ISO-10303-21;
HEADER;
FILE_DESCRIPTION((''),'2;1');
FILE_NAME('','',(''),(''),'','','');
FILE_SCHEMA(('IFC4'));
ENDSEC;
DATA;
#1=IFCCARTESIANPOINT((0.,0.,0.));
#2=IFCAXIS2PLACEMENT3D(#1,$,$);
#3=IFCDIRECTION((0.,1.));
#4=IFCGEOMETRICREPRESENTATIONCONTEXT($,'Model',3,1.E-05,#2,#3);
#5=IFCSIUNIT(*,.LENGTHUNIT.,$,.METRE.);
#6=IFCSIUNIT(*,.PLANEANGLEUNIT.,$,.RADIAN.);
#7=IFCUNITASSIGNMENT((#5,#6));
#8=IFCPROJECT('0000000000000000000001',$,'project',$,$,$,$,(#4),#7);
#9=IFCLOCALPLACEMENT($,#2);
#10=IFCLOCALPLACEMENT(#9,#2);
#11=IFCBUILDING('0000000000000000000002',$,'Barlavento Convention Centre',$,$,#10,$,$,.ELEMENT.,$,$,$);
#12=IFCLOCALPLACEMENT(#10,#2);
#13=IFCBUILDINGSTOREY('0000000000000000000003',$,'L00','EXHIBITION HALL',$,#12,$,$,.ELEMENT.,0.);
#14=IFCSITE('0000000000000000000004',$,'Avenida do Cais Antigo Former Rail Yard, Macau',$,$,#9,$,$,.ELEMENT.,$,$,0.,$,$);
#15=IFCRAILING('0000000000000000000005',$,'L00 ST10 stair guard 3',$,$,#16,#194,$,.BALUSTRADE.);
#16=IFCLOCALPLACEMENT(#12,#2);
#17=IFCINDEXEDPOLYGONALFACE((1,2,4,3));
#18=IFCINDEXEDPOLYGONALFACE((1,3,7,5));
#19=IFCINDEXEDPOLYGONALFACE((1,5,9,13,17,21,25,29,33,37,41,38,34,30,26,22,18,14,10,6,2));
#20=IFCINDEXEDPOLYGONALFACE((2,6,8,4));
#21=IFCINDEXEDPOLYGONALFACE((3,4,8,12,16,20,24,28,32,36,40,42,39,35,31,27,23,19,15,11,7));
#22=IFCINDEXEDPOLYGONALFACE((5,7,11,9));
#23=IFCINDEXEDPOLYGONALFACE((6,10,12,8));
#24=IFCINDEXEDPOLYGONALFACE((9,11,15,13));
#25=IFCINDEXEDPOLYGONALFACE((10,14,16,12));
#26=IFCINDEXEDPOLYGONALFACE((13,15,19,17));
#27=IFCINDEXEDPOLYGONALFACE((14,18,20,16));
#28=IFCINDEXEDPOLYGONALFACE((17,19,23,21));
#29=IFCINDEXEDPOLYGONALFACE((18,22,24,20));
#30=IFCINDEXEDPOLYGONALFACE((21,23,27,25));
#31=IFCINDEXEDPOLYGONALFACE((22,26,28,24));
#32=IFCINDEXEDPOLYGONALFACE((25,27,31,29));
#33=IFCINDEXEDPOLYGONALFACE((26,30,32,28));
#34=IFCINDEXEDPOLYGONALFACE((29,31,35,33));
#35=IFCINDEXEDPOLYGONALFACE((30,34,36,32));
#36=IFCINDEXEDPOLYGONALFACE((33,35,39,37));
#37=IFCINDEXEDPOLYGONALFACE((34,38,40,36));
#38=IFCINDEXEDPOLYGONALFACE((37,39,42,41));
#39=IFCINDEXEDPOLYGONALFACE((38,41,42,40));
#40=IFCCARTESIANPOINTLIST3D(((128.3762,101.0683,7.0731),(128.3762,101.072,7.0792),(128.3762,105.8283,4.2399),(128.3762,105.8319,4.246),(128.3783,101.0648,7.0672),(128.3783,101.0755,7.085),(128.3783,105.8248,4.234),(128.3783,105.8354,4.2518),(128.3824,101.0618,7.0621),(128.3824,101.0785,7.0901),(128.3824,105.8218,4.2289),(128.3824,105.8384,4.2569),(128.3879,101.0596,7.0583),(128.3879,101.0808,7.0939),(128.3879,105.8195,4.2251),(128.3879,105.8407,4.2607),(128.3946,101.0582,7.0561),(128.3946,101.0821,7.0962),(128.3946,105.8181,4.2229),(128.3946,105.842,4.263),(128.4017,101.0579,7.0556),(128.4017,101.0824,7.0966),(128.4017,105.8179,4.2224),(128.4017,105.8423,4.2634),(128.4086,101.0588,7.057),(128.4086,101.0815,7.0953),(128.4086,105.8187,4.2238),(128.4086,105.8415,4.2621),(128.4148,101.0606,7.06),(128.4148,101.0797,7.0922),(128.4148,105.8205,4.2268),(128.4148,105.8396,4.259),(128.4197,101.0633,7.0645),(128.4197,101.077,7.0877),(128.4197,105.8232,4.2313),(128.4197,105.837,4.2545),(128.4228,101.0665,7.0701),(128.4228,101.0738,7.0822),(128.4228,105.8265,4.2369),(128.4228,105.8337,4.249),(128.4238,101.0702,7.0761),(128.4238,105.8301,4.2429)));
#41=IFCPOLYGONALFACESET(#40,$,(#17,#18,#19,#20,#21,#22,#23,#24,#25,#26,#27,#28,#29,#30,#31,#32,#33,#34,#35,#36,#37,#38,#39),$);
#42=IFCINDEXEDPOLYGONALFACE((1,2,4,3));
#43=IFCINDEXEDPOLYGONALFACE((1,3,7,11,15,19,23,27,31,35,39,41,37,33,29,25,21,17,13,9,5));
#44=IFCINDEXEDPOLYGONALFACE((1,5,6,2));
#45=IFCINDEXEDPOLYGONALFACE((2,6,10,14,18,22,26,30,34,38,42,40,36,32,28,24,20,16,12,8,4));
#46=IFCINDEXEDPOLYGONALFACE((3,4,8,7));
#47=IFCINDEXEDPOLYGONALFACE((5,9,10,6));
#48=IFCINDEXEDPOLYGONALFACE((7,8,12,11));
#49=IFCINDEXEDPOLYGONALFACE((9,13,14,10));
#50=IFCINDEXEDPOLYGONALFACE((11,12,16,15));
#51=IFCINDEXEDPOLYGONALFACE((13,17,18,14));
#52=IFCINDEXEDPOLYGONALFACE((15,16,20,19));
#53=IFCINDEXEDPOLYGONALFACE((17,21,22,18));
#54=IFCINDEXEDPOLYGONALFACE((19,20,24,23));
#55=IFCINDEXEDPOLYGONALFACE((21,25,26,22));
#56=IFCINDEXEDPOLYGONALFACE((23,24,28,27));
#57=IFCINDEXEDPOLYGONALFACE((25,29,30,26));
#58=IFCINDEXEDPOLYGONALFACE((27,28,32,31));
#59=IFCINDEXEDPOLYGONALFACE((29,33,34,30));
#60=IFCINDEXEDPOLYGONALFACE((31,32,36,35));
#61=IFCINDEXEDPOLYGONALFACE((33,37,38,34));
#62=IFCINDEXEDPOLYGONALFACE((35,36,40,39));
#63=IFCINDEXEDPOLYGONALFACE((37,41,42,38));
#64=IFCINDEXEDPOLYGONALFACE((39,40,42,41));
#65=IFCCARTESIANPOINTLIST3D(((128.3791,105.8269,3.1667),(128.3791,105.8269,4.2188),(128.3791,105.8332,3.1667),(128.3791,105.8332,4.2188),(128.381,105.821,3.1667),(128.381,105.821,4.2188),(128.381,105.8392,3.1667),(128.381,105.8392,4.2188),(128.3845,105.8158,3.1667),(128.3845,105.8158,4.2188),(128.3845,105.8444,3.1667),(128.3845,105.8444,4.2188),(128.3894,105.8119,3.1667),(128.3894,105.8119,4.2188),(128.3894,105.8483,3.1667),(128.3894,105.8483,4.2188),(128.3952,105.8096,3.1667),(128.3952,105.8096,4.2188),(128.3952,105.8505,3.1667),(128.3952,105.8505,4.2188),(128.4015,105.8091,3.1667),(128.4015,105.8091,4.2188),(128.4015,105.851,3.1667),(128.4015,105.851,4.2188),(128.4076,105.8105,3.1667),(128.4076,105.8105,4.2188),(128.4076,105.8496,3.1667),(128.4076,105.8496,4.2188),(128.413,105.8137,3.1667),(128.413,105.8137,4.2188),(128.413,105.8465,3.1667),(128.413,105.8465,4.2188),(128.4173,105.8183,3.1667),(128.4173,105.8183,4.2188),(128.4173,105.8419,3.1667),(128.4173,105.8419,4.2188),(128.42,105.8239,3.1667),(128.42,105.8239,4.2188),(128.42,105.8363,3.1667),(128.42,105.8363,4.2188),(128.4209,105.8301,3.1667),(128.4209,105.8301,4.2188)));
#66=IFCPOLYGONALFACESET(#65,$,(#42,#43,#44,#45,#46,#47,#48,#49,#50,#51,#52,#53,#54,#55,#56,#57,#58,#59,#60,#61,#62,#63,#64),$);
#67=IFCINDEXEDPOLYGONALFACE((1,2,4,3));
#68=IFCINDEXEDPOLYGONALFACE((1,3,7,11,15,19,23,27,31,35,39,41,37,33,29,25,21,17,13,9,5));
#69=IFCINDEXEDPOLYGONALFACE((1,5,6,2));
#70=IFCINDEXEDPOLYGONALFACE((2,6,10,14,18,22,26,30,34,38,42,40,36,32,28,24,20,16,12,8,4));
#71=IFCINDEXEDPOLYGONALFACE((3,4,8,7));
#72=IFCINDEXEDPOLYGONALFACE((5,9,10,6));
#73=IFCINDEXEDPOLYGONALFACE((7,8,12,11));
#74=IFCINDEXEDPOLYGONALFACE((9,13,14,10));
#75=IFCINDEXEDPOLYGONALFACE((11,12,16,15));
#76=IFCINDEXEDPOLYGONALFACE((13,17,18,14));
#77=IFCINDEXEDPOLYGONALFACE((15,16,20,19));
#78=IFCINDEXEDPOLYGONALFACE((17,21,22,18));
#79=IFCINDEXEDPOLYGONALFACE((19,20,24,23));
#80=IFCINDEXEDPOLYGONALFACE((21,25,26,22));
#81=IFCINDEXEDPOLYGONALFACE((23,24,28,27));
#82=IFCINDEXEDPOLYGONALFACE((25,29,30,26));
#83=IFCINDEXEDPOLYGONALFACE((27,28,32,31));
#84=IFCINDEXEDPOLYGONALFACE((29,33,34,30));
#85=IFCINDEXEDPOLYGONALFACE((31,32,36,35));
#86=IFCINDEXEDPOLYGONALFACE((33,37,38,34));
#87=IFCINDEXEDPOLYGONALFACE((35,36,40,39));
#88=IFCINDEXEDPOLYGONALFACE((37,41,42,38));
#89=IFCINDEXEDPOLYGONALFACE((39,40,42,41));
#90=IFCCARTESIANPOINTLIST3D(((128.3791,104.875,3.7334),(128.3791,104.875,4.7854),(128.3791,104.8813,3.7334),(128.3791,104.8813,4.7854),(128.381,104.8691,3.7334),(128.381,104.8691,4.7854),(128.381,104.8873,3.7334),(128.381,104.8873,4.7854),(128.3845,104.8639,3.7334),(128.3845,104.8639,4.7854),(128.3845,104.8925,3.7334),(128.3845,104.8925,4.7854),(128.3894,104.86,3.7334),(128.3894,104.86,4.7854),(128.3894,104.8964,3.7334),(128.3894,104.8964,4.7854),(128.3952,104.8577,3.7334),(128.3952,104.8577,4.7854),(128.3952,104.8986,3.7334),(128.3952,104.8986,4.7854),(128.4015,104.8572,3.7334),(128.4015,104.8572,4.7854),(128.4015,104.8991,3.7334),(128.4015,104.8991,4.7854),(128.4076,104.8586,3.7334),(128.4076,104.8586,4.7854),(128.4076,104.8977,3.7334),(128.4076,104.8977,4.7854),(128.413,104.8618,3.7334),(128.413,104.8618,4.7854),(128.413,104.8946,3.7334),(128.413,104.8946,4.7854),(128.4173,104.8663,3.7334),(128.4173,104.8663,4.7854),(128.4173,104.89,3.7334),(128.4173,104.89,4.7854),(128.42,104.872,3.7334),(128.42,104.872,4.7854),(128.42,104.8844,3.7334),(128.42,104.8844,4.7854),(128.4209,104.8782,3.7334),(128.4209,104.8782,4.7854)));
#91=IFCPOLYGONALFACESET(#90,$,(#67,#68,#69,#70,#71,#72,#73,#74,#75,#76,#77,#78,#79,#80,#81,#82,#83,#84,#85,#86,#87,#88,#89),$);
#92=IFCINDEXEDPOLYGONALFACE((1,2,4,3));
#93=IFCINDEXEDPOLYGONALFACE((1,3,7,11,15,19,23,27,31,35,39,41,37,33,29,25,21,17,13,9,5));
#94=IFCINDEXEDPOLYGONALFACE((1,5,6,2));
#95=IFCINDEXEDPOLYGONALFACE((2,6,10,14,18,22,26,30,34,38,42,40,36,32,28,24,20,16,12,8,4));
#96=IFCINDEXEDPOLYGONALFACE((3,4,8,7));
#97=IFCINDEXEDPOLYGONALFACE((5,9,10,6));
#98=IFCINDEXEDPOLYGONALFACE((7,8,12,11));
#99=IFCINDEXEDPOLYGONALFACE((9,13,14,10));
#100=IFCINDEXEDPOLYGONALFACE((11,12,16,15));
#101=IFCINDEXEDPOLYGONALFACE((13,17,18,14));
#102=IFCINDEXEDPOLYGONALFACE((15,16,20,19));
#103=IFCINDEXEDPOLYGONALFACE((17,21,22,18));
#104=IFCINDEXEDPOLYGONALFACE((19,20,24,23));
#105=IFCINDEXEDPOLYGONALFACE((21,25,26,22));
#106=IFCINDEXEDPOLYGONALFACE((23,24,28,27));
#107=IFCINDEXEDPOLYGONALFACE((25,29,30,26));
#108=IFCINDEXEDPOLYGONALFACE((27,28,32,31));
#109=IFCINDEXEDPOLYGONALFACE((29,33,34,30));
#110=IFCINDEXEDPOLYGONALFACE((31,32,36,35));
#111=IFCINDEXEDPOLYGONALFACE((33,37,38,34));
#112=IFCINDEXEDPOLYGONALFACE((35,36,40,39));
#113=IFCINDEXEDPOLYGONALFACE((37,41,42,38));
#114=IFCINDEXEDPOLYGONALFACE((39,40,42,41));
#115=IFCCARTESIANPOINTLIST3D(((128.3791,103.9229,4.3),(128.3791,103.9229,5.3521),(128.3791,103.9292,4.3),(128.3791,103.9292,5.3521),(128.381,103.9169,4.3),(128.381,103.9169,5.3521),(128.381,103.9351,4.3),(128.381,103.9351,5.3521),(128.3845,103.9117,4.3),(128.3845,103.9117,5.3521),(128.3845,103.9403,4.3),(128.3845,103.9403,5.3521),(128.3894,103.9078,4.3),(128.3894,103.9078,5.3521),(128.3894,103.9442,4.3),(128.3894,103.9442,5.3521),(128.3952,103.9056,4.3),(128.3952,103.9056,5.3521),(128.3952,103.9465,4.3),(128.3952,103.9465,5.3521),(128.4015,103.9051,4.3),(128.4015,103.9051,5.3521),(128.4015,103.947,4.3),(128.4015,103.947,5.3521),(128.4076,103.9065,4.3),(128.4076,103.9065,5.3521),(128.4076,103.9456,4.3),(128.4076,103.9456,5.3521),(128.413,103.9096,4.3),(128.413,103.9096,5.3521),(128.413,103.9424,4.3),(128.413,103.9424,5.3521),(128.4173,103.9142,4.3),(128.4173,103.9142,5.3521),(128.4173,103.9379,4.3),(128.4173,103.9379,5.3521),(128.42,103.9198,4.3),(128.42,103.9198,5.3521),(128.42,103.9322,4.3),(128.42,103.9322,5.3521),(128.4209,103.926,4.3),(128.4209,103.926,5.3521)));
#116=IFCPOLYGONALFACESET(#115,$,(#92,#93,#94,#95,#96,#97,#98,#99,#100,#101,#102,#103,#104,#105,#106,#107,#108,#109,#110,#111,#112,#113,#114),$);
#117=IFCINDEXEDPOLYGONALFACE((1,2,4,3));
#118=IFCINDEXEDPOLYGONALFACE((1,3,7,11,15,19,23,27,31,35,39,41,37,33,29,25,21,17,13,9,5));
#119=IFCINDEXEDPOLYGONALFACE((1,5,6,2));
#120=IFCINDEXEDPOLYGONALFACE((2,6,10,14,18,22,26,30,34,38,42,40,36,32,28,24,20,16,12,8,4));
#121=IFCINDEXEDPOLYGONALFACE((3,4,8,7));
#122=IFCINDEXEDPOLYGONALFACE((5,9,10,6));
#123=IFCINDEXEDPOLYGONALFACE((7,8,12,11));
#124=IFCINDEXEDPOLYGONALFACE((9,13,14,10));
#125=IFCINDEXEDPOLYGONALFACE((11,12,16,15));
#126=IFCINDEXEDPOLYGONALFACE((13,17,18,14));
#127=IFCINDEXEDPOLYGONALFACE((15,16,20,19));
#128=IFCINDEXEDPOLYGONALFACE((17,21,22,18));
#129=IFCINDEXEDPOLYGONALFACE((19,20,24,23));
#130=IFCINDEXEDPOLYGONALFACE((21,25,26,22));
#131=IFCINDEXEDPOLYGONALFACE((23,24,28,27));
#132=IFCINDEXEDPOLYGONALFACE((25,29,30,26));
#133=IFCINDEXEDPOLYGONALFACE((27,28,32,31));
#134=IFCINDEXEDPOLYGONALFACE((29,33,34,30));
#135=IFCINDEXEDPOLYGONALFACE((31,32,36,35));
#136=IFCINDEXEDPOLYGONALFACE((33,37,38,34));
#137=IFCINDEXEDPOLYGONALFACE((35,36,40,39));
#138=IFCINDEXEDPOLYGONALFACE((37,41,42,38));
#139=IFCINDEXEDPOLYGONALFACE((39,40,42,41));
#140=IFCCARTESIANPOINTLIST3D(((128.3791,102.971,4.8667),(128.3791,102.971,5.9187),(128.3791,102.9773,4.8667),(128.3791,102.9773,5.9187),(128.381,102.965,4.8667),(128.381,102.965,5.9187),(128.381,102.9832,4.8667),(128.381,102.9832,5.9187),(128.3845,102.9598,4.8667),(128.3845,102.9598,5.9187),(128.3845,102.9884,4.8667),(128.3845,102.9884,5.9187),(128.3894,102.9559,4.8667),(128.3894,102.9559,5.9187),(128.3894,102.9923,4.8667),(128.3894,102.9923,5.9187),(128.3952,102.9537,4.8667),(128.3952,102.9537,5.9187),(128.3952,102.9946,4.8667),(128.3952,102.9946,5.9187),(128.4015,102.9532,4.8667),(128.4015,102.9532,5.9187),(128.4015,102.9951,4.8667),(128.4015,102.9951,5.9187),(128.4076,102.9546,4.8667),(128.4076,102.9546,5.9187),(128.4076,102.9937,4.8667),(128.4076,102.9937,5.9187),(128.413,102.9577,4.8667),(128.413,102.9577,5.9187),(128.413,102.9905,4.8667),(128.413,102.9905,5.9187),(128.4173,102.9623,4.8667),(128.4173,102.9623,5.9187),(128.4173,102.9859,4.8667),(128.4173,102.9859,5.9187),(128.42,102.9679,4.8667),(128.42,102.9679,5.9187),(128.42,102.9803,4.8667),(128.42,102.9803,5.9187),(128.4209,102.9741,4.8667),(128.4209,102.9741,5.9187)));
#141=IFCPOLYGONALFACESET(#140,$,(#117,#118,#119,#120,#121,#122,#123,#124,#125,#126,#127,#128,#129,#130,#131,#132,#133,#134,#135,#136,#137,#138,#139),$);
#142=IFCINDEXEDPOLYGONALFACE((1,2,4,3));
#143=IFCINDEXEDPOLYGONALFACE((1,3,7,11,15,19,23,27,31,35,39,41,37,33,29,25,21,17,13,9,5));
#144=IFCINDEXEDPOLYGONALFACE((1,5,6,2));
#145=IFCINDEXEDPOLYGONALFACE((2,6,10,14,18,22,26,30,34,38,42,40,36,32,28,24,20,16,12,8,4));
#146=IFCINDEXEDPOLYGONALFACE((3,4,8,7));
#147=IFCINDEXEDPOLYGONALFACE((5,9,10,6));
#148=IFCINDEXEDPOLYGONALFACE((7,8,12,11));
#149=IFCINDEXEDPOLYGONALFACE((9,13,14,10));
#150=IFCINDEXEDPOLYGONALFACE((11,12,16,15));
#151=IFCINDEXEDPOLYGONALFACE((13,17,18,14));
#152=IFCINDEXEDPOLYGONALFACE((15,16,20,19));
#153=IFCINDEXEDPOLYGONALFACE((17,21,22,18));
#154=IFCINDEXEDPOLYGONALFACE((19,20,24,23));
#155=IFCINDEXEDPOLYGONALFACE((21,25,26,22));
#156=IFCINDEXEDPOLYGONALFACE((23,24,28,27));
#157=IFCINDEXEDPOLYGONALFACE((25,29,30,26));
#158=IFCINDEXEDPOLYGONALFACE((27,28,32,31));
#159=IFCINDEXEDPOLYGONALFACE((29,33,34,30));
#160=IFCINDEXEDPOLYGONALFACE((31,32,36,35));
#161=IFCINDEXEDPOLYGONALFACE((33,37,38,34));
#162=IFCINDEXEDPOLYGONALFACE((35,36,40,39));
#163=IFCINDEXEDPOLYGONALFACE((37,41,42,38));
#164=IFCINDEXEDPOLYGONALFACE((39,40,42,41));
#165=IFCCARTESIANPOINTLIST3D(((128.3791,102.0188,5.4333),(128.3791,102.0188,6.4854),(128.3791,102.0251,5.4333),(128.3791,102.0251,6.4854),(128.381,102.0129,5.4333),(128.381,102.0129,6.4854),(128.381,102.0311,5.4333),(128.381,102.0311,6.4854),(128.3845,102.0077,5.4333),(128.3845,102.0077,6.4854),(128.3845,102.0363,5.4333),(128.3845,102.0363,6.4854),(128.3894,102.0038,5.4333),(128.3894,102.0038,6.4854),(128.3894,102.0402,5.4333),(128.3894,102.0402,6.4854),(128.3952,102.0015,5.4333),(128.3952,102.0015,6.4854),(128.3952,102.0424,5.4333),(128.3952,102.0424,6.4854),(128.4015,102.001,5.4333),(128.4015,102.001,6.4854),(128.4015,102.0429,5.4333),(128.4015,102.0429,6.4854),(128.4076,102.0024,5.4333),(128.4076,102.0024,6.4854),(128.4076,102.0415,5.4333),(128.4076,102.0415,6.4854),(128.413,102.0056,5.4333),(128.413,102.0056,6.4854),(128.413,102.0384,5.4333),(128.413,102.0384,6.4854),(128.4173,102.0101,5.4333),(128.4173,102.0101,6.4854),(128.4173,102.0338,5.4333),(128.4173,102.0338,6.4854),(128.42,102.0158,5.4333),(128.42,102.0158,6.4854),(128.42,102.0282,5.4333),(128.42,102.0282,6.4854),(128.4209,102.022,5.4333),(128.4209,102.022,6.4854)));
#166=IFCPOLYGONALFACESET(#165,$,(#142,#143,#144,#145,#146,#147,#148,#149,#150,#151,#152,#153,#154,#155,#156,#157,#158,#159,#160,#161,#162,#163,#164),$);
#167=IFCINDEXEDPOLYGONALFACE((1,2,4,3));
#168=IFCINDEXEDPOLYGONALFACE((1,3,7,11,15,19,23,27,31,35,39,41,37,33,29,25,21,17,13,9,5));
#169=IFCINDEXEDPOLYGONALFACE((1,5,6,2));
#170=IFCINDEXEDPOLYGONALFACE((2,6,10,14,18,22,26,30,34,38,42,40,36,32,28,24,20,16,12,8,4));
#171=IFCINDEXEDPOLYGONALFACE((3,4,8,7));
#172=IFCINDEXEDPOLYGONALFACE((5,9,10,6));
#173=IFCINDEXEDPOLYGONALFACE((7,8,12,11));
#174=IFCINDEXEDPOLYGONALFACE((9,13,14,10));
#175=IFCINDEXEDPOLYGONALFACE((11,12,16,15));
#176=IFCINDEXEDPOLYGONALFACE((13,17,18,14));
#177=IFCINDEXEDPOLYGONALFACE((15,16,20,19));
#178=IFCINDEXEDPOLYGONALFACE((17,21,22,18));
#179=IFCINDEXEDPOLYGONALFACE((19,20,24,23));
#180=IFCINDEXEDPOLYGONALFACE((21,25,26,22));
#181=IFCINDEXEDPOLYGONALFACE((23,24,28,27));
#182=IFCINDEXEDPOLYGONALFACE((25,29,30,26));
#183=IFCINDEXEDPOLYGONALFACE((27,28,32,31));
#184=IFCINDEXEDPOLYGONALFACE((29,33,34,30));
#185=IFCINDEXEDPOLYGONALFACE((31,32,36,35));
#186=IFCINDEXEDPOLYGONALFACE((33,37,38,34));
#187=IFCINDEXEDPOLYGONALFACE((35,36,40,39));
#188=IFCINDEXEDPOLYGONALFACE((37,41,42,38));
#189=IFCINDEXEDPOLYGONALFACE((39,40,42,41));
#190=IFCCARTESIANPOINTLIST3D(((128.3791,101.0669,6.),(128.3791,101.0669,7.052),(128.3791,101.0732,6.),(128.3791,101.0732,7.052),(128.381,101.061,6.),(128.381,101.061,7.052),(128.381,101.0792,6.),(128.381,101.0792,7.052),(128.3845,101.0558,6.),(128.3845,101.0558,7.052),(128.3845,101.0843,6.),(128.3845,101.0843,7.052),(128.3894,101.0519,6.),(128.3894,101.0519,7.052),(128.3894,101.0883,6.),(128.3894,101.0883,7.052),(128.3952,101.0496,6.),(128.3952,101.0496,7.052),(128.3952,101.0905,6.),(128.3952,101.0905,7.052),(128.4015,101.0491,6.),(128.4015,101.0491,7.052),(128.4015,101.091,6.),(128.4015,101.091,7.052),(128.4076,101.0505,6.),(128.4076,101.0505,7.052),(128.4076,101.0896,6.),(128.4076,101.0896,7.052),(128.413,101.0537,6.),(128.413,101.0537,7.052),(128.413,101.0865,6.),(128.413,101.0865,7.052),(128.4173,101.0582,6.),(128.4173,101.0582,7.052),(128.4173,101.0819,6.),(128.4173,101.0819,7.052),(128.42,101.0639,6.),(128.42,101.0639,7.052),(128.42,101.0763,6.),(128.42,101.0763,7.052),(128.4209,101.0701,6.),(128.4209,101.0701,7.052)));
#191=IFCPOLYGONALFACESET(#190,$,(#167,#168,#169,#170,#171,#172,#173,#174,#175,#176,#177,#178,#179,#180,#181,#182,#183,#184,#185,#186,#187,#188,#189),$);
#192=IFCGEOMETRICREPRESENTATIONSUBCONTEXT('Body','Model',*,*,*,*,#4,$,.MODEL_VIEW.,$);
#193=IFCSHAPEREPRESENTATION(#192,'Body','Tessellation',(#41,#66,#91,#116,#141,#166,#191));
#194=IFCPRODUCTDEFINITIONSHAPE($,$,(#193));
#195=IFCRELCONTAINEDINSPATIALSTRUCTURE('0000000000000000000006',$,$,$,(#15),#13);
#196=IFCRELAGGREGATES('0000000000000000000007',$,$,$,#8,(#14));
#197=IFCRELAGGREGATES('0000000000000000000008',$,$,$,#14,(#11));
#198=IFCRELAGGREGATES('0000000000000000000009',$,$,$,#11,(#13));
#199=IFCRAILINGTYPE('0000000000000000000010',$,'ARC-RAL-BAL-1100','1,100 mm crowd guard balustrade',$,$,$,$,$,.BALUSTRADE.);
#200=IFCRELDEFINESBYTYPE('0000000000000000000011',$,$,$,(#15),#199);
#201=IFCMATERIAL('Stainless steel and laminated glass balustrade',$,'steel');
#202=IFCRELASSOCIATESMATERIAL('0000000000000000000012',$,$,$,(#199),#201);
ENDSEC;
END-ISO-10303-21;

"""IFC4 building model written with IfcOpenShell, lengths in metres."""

from ifc_helpers import new_model, si_unit, direction, frame, origin, origin_2d, place, context, subcontext, project, spatial, circle, extrude, material, type_object, element, save


model = new_model("IFC4")

# Units and contexts
model_context = context("Model", 3, precision=1e-05, world=origin(), true_north=direction((0.0, 1.0)))
body_context = subcontext(model_context, "Body", "Model", "MODEL_VIEW")
ifc_project = project(units=[si_unit("LENGTHUNIT", "METRE"), si_unit("PLANEANGLEUNIT", "RADIAN")], contexts=[model_context])

# Site, building, storey
site_placement = place(None, origin())
site = spatial("IfcSite", under=ifc_project, at=site_placement, Name="Avenida do Cais Antigo Former Rail Yard, Macau", CompositionType="ELEMENT", RefElevation=0.0)
building_placement = place(site_placement, origin())
building = spatial("IfcBuilding", under=site, at=building_placement, Name="Barlavento Convention Centre", CompositionType="ELEMENT")
storey_placement = place(building_placement, origin())
storey = spatial("IfcBuildingStorey", under=building, at=storey_placement, Name="L00", Description="EXHIBITION HALL", CompositionType="ELEMENT", Elevation=0.0)

# Railing
ifc_material_1 = material(Name="Stainless steel and laminated glass balustrade", Category="steel")
railing_type_1 = type_object("IfcRailingType", Name="ARC-RAL-BAL-1100", Description="1,100 mm crowd guard balustrade", PredefinedType="BALUSTRADE", material=ifc_material_1)
railing_1_placement = place(storey_placement, frame((128.3999, 105.8301, 3.1667)))
element("IfcRailing", 1, at=railing_1_placement, inside=storey, type_object=railing_type_1, Name="L00 ST10 stair guard 3", PredefinedType="BALUSTRADE", context=body_context, shape_type="SweptSolid", body=[
    extrude(circle(Radius=0.0239, at=origin_2d()), frame((0.0, 0.0, 1.0762), z_axis=(0.0, -0.8593, 0.511472), x_axis=(1.0, 0.0, 0.0)), (0.0, 0.0, 1.0), 5.5393),
    extrude(circle(Radius=0.021, at=origin_2d()), origin(), (0.0, 0.0, 1.0), 1.052),
    extrude(circle(Radius=0.021, at=origin_2d()), frame((0.0, -0.9519, 0.5667)), (0.0, 0.0, 1.0), 1.052),
    extrude(circle(Radius=0.021, at=origin_2d()), frame((0.0, -1.9041, 1.1333)), (0.0, 0.0, 1.0), 1.052),
    extrude(circle(Radius=0.021, at=origin_2d()), frame((0.0, -2.856, 1.7)), (0.0, 0.0, 1.0), 1.052),
    extrude(circle(Radius=0.021, at=origin_2d()), frame((0.0, -3.8081, 2.2666)), (0.0, 0.0, 1.0), 1.052),
    extrude(circle(Radius=0.021, at=origin_2d()), frame((0.0, -4.76, 2.8333)), (0.0, 0.0, 1.0), 1.052),
])

save(model, "model.ifc")
